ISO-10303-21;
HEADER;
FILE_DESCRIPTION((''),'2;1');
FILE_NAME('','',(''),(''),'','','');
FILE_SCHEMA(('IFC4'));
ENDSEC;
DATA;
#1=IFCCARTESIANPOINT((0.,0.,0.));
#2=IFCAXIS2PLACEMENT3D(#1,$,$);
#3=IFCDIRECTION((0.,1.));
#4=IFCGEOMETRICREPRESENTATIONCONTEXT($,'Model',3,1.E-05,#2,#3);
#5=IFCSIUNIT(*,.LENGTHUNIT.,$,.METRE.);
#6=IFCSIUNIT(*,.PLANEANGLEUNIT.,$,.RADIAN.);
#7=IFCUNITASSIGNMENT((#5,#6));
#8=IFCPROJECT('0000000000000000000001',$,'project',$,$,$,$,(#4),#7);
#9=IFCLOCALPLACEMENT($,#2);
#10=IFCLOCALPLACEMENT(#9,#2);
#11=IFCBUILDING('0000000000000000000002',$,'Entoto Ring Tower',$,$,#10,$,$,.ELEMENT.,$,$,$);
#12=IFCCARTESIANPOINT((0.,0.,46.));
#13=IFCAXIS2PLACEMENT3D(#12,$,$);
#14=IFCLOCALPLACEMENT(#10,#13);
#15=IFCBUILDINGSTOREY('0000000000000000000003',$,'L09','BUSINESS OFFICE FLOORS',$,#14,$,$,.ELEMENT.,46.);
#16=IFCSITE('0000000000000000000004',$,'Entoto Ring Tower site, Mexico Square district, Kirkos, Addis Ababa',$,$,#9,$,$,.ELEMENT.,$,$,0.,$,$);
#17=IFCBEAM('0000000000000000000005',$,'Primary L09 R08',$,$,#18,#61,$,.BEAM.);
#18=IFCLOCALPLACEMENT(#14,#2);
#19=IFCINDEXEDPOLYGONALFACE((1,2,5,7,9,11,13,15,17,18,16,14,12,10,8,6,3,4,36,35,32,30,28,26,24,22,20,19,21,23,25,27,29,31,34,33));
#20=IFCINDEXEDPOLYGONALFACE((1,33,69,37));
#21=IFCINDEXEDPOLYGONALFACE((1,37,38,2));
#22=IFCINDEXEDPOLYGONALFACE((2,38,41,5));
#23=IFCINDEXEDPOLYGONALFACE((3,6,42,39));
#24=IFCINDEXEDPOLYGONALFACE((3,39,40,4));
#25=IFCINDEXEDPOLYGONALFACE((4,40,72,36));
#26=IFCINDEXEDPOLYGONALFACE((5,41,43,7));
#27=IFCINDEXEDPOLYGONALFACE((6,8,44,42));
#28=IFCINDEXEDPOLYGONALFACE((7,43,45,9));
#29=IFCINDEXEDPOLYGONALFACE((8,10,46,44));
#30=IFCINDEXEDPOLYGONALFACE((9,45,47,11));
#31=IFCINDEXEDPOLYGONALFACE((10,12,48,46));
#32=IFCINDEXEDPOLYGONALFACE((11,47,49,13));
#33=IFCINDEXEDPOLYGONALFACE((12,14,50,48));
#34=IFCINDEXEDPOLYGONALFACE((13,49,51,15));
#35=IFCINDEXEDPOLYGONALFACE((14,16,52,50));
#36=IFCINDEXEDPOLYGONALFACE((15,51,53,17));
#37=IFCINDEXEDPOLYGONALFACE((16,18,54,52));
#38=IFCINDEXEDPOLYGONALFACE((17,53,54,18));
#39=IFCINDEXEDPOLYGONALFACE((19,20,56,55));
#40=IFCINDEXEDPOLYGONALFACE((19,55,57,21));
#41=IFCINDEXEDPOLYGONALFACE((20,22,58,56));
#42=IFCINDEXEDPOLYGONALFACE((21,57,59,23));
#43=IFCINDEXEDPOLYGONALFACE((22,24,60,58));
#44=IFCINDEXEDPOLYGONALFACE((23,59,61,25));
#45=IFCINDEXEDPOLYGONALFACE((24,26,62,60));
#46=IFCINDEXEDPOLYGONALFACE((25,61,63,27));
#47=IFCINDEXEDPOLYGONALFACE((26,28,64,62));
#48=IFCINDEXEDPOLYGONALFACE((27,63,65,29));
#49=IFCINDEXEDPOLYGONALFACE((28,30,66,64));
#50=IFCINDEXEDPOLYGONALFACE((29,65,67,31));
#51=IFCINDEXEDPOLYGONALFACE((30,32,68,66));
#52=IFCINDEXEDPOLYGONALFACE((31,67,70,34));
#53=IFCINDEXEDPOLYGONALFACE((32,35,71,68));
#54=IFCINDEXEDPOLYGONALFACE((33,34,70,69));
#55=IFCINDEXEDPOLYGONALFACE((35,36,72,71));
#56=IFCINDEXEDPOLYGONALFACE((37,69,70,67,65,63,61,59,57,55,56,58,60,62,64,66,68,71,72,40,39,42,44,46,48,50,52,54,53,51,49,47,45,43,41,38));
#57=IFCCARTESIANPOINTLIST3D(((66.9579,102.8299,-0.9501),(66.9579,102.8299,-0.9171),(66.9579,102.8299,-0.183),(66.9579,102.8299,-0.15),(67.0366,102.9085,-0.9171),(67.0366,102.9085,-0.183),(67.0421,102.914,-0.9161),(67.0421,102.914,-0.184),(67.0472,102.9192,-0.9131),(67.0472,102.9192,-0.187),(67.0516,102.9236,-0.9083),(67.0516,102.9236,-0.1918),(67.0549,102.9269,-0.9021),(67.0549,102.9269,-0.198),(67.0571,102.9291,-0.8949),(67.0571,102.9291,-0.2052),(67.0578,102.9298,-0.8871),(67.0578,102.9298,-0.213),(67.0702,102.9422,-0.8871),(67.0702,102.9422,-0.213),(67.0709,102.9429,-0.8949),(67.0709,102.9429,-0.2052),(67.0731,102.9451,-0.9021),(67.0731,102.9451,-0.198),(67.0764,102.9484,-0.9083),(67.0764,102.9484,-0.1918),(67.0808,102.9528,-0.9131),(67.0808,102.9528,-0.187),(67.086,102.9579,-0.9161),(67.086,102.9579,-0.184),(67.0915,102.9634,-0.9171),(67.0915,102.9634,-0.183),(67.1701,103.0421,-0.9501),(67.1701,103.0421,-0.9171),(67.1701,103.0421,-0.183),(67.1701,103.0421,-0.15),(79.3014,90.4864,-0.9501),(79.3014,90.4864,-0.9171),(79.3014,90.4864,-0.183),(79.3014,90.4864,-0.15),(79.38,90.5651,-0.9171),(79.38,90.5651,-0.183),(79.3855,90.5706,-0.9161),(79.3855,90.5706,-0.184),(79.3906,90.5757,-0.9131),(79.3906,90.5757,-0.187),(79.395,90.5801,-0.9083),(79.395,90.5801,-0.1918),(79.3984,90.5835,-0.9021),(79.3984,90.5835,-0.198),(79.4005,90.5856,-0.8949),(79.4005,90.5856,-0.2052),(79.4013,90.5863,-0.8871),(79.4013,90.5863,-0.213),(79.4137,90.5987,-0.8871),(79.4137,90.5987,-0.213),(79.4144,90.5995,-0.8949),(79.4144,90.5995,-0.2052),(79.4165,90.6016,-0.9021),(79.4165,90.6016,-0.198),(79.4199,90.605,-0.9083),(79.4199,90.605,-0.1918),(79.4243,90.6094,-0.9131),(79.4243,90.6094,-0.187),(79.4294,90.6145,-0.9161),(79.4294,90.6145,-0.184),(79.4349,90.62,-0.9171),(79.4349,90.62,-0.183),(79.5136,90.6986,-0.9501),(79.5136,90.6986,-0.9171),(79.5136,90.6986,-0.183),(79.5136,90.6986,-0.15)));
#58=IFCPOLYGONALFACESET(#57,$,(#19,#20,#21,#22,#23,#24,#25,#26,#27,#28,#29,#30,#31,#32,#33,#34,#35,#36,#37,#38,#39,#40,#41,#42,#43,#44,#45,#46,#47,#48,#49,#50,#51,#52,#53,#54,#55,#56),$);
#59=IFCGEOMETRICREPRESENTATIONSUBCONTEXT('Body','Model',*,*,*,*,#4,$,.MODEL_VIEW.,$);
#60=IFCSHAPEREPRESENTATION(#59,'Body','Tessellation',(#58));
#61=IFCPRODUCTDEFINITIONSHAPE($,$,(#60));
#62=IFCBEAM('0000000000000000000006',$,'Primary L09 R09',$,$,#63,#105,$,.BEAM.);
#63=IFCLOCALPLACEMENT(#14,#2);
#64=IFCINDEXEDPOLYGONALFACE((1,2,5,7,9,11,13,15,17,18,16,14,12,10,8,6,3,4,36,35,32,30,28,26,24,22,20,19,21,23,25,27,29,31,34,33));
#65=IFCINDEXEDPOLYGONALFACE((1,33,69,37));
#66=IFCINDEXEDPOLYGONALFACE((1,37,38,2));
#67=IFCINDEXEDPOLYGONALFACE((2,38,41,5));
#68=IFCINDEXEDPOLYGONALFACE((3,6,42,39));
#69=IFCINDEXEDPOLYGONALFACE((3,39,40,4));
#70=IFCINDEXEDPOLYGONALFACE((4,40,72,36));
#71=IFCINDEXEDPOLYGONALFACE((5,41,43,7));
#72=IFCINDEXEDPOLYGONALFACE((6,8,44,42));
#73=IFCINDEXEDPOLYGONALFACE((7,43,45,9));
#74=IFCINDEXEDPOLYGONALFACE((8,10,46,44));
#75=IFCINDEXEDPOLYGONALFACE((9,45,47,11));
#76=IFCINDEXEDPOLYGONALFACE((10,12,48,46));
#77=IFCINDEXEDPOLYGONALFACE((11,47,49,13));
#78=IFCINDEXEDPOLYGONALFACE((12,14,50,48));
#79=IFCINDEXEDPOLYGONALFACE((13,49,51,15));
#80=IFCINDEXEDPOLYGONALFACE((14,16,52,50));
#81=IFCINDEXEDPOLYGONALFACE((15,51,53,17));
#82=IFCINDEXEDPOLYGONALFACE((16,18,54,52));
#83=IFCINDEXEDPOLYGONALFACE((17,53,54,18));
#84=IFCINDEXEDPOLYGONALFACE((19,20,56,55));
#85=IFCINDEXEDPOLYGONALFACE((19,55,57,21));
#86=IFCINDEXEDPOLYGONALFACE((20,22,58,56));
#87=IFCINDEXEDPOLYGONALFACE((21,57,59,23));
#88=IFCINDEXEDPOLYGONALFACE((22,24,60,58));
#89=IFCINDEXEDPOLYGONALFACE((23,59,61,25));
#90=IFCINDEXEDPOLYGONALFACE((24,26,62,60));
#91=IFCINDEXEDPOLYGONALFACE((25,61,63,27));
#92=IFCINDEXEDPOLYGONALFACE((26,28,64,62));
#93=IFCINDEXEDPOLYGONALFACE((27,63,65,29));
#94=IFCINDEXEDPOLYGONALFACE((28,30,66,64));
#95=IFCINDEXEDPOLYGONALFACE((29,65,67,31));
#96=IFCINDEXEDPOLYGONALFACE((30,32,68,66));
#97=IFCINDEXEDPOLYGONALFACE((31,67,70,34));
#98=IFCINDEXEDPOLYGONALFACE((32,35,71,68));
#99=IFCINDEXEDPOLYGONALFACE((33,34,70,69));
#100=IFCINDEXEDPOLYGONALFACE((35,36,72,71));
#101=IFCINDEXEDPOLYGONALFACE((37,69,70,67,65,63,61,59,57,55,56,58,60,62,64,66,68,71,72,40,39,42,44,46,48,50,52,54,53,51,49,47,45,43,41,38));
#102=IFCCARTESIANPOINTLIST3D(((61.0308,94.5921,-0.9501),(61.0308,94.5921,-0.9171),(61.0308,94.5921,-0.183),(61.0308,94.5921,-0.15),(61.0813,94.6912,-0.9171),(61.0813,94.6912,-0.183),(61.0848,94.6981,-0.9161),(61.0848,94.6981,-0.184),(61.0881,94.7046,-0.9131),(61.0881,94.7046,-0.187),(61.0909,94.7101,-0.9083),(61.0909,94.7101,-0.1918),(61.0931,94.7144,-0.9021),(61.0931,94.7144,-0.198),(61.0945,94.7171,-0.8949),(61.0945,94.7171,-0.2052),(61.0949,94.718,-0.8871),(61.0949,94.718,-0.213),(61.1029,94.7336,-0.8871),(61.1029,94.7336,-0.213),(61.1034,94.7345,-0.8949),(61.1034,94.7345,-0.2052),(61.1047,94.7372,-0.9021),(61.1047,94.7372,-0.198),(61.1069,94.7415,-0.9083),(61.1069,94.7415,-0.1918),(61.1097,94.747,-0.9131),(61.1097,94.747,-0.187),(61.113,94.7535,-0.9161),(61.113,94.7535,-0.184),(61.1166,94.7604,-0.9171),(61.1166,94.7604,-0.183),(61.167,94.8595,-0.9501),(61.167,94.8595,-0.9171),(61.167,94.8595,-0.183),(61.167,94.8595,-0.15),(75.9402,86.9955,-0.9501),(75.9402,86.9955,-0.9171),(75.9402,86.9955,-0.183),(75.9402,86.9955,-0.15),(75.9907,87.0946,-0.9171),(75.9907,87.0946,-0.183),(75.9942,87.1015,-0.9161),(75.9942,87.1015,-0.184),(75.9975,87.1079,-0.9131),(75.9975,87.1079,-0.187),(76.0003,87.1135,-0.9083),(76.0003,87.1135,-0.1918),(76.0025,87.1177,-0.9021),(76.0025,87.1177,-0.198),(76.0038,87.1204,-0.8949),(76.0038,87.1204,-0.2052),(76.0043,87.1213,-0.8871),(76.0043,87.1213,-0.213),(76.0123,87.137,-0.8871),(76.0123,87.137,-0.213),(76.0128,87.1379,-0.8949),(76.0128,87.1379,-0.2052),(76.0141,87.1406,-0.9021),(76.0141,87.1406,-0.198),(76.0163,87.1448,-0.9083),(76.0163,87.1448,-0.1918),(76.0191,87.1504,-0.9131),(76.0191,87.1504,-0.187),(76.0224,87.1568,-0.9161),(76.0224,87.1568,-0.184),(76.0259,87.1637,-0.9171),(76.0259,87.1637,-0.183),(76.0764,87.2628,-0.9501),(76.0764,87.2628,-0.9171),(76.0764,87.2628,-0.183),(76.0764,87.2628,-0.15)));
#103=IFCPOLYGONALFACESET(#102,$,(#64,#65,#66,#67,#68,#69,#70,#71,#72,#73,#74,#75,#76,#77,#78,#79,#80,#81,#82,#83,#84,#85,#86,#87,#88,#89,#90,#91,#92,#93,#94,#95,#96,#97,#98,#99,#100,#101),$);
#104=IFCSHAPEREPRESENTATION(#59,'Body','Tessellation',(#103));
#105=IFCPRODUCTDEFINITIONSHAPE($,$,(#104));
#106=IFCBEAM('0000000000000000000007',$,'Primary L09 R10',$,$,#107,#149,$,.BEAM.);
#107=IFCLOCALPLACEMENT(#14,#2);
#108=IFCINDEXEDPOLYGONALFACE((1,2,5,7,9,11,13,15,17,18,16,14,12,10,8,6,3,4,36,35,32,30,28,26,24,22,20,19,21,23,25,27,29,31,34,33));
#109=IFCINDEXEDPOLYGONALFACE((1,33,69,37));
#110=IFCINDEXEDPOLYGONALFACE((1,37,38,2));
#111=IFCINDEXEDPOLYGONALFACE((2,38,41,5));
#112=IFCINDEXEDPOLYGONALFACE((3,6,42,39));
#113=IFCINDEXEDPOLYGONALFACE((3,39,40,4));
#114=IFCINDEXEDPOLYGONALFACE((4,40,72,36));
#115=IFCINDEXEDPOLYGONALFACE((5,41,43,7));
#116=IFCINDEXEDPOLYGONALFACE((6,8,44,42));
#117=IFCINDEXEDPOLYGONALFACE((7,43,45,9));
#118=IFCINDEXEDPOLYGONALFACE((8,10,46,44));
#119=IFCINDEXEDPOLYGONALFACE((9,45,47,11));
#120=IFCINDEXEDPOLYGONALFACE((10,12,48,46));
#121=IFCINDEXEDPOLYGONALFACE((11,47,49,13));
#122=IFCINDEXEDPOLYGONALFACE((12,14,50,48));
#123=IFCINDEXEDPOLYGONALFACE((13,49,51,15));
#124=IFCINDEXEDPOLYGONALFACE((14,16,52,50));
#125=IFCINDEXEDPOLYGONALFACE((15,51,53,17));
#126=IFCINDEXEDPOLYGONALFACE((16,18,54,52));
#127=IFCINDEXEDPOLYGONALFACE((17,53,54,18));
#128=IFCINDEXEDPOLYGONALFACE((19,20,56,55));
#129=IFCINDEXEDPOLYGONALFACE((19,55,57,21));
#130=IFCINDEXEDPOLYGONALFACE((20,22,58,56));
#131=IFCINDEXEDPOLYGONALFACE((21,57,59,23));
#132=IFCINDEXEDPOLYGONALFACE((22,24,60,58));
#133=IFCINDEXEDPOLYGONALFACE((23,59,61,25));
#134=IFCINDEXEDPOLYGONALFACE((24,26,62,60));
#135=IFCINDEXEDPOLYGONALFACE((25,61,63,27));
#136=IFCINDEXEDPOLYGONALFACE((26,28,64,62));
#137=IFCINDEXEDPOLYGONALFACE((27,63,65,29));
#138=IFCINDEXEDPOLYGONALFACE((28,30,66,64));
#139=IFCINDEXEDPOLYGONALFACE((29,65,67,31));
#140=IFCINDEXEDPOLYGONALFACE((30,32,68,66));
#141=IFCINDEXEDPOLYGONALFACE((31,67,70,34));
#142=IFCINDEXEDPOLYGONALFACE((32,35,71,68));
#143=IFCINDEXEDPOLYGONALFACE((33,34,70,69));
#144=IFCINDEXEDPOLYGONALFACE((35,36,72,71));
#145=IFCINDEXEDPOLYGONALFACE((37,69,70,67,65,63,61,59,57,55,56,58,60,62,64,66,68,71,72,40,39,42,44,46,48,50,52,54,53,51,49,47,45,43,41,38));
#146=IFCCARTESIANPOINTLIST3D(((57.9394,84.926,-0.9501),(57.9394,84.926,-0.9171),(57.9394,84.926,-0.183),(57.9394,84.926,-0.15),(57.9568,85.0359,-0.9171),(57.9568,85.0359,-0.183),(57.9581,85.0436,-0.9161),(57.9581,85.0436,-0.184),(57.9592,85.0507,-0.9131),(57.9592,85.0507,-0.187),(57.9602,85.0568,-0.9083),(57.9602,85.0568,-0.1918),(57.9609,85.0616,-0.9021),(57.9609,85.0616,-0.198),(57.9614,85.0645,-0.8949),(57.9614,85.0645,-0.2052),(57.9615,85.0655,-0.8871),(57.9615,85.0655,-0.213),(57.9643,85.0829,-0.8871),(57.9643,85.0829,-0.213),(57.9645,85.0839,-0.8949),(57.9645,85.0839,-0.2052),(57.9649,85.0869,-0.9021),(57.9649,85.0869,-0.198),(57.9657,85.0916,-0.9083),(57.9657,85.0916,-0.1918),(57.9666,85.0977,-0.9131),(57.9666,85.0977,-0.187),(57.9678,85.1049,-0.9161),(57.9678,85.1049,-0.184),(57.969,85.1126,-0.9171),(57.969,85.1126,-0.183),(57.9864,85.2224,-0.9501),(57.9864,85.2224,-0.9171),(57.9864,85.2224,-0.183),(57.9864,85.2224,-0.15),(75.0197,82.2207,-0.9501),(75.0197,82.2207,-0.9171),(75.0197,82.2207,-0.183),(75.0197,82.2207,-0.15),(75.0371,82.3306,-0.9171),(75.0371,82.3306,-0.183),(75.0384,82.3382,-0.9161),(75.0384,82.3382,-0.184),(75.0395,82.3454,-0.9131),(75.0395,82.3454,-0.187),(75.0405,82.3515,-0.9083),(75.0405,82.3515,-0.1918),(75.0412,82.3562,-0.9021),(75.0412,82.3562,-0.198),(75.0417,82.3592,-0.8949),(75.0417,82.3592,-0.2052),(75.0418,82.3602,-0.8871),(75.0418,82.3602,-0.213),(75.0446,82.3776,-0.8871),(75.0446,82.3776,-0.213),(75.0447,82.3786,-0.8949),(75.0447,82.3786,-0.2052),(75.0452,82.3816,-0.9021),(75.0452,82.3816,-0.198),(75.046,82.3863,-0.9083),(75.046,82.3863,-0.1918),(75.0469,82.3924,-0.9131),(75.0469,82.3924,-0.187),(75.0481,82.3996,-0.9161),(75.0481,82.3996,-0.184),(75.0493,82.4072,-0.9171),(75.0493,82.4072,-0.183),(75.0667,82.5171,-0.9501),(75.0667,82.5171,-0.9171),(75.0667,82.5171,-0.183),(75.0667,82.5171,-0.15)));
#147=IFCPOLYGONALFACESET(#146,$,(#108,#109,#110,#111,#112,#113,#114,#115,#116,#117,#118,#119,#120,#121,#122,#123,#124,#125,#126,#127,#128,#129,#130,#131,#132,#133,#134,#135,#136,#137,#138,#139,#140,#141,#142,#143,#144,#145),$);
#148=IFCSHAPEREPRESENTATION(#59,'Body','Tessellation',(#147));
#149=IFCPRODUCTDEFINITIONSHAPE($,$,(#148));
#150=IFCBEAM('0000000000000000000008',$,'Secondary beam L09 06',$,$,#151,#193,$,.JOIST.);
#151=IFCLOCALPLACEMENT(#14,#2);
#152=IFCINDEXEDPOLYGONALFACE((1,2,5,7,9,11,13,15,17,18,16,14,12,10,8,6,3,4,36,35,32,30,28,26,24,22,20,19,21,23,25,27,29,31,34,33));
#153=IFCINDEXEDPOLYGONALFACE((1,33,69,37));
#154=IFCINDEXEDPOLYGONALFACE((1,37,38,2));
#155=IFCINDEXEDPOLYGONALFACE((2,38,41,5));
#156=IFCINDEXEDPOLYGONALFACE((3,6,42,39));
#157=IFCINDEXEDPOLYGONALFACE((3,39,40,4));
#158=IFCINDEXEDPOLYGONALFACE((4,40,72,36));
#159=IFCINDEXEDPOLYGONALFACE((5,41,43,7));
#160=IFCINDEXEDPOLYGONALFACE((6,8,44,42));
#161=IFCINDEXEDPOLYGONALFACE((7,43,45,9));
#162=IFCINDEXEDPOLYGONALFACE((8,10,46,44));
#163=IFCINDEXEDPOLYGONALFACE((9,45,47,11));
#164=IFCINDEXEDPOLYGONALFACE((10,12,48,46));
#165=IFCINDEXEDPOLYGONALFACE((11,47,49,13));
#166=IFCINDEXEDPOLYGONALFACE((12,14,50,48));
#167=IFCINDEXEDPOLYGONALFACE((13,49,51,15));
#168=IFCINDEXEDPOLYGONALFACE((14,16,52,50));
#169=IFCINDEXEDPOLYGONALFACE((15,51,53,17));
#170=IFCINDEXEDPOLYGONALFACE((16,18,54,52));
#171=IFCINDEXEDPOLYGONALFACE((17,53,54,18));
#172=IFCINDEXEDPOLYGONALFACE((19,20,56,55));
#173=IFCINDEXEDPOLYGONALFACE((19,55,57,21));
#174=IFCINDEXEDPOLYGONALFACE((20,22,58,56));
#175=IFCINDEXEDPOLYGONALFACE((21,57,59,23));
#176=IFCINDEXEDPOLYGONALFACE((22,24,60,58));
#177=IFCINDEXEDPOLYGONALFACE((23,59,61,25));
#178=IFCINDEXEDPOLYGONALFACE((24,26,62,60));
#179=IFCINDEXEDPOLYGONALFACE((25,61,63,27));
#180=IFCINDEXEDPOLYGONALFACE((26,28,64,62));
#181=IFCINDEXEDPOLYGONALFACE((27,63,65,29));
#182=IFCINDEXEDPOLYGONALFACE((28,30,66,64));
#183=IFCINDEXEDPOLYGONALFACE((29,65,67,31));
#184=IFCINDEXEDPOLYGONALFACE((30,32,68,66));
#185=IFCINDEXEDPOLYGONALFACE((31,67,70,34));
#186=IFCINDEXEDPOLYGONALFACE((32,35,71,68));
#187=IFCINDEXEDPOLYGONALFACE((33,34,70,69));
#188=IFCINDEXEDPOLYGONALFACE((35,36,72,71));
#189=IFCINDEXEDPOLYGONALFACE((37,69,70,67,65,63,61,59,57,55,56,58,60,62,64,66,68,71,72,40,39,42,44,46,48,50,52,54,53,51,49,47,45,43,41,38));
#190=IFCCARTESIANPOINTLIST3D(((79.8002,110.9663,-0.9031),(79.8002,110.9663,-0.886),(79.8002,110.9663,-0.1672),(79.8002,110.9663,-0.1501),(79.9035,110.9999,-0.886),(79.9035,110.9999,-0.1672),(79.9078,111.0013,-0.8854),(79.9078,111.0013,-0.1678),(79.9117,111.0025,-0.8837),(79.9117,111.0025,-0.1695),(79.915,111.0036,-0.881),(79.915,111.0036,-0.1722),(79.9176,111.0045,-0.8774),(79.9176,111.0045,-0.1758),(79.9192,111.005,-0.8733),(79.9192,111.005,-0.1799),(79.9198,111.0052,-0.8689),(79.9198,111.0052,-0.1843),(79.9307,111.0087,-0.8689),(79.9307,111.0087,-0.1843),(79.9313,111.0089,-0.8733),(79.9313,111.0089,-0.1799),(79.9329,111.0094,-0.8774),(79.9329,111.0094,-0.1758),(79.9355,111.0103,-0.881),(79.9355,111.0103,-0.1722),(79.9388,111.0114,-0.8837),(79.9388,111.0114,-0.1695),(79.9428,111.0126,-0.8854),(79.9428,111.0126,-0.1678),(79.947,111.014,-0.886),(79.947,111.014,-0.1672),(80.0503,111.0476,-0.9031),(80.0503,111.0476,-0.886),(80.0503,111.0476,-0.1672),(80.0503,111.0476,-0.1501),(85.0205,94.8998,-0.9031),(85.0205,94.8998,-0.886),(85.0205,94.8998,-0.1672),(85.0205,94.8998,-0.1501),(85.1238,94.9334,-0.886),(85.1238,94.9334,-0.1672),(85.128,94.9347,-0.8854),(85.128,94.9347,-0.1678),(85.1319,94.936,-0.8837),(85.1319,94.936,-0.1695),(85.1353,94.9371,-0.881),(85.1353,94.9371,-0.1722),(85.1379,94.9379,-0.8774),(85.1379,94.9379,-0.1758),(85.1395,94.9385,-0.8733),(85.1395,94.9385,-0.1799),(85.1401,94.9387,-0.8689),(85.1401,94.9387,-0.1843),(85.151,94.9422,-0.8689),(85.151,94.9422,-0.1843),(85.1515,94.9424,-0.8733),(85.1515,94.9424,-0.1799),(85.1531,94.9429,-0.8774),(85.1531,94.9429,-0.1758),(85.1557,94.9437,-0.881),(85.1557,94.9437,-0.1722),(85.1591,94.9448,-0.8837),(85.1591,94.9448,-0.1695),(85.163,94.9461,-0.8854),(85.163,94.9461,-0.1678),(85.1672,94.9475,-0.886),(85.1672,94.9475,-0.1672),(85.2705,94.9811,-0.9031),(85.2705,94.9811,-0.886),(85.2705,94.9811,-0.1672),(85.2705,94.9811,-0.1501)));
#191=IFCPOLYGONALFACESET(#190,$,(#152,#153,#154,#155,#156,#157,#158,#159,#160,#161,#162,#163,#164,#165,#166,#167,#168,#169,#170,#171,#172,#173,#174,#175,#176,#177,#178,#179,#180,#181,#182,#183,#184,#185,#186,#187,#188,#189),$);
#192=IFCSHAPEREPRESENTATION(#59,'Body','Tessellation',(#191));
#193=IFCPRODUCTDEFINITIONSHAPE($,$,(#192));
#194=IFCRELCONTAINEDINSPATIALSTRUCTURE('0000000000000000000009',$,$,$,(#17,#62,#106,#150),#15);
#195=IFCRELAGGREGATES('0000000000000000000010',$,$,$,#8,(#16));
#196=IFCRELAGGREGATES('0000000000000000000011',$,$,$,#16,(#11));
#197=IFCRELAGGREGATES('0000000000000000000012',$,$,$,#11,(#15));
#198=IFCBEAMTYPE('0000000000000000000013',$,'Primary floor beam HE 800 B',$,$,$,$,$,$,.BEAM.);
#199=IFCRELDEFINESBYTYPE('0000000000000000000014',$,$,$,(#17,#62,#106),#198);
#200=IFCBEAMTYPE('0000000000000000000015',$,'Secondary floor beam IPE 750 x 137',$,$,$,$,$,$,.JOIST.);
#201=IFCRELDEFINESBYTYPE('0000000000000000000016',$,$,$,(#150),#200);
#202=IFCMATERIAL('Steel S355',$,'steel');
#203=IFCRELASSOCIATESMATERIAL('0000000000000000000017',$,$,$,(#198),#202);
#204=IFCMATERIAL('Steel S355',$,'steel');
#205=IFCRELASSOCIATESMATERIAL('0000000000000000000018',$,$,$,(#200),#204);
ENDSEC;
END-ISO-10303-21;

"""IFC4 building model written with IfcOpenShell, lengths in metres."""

from ifc_helpers import new_model, si_unit, direction, frame, origin, origin_2d, place, context, subcontext, project, spatial, i_section, extrude, material, material_profile, profile_set, type_object, element, save


model = new_model("IFC4")

# Units and contexts
model_context = context("Model", 3, precision=1e-05, world=origin(), true_north=direction((0.0, 1.0)))
body_context = subcontext(model_context, "Body", "Model", "MODEL_VIEW")
ifc_project = project(units=[si_unit("LENGTHUNIT", "METRE"), si_unit("PLANEANGLEUNIT", "RADIAN")], contexts=[model_context])

# Site, building, storey
site_placement = place(None, origin())
site = spatial("IfcSite", under=ifc_project, at=site_placement, Name="Entoto Ring Tower site, Mexico Square district, Kirkos, Addis Ababa", CompositionType="ELEMENT", RefElevation=0.0)
building_placement = place(site_placement, origin())
building = spatial("IfcBuilding", under=site, at=building_placement, Name="Entoto Ring Tower", CompositionType="ELEMENT")
storey_placement = place(building_placement, frame((0.0, 0.0, 46.0)))
storey = spatial("IfcBuildingStorey", under=building, at=storey_placement, Name="L09", Description="BUSINESS OFFICE FLOORS", CompositionType="ELEMENT", Elevation=46.0)

# Beams
ifc_material_1 = material(Name="Steel S355", Category="steel")
ifc_material_profile_1 = material_profile(ifc_material_1, i_section(OverallWidth=0.3, OverallDepth=0.8, WebThickness=0.0176, FlangeThickness=0.033, FilletRadius=0.03, at=origin_2d()), Name="HE 800 B")
ifc_profile_set_1 = profile_set([ifc_material_profile_1], Name="Steel S355")
beam_type_1 = type_object("IfcBeamType", Name="Primary floor beam HE 800 B", PredefinedType="BEAM", material=ifc_profile_set_1)
beam_1_placement = place(storey_placement, frame((79.4075, 90.5925, -0.55), z_axis=(-0.707107, 0.707107, 0.0), x_axis=(-0.707107, -0.707107, 0.0)))
element("IfcBeam", 1, at=beam_1_placement, inside=storey, type_object=beam_type_1, Name="Primary L09 R08", PredefinedType="BEAM", context=body_context, shape_type="SweptSolid", body=[
    extrude(i_section(OverallWidth=0.3, OverallDepth=0.8, WebThickness=0.0176, FlangeThickness=0.033, FilletRadius=0.03, at=origin_2d()), origin(), (0.0, 0.0, 1.0), 17.4563),
])
beam_2_placement = place(storey_placement, frame((76.0083, 87.1292, -0.55), z_axis=(-0.891008, 0.453988, 0.0), x_axis=(-0.453988, -0.891008, 0.0)))
element("IfcBeam", 2, at=beam_2_placement, inside=storey, type_object=beam_type_1, Name="Primary L09 R09", PredefinedType="BEAM", context=body_context, shape_type="SweptSolid", body=[
    extrude(i_section(OverallWidth=0.3, OverallDepth=0.8, WebThickness=0.0176, FlangeThickness=0.033, FilletRadius=0.03, at=origin_2d()), origin(), (0.0, 0.0, 1.0), 16.7332),
])
beam_3_placement = place(storey_placement, frame((75.0432, 82.3689, -0.55), z_axis=(-0.987688, 0.156438, 0.0), x_axis=(-0.156438, -0.987688, 0.0)))
element("IfcBeam", 3, at=beam_3_placement, inside=storey, type_object=beam_type_1, Name="Primary L09 R10", PredefinedType="BEAM", context=body_context, shape_type="SweptSolid", body=[
    extrude(i_section(OverallWidth=0.3, OverallDepth=0.8, WebThickness=0.0176, FlangeThickness=0.033, FilletRadius=0.03, at=origin_2d()), origin(), (0.0, 0.0, 1.0), 17.2932),
])
ifc_material_2 = material(Name="Steel S355", Category="steel")
ifc_material_profile_2 = material_profile(ifc_material_2, i_section(OverallWidth=0.2629, OverallDepth=0.7529, WebThickness=0.0115, FlangeThickness=0.0171, FilletRadius=0.0171, at=origin_2d()), Name="IPE 750 x 137")
ifc_profile_set_2 = profile_set([ifc_material_profile_2], Name="Steel S355")
beam_type_2 = type_object("IfcBeamType", Name="Secondary floor beam IPE 750 x 137", PredefinedType="JOIST", material=ifc_profile_set_2)
beam_4_placement = place(storey_placement, frame((85.1455, 94.9404, -0.5266), z_axis=(-0.309013, 0.951058, 0.0), x_axis=(-0.951058, -0.309013, 0.0)))
element("IfcBeam", 4, at=beam_4_placement, inside=storey, type_object=beam_type_2, Name="Secondary beam L09 06", PredefinedType="JOIST", context=body_context, shape_type="SweptSolid", body=[
    extrude(i_section(OverallWidth=0.2629, OverallDepth=0.7529, WebThickness=0.0115, FlangeThickness=0.0171, FilletRadius=0.0171, at=origin_2d()), origin(), (0.0, 0.0, 1.0), 16.8933),
])

save(model, "model.ifc")
